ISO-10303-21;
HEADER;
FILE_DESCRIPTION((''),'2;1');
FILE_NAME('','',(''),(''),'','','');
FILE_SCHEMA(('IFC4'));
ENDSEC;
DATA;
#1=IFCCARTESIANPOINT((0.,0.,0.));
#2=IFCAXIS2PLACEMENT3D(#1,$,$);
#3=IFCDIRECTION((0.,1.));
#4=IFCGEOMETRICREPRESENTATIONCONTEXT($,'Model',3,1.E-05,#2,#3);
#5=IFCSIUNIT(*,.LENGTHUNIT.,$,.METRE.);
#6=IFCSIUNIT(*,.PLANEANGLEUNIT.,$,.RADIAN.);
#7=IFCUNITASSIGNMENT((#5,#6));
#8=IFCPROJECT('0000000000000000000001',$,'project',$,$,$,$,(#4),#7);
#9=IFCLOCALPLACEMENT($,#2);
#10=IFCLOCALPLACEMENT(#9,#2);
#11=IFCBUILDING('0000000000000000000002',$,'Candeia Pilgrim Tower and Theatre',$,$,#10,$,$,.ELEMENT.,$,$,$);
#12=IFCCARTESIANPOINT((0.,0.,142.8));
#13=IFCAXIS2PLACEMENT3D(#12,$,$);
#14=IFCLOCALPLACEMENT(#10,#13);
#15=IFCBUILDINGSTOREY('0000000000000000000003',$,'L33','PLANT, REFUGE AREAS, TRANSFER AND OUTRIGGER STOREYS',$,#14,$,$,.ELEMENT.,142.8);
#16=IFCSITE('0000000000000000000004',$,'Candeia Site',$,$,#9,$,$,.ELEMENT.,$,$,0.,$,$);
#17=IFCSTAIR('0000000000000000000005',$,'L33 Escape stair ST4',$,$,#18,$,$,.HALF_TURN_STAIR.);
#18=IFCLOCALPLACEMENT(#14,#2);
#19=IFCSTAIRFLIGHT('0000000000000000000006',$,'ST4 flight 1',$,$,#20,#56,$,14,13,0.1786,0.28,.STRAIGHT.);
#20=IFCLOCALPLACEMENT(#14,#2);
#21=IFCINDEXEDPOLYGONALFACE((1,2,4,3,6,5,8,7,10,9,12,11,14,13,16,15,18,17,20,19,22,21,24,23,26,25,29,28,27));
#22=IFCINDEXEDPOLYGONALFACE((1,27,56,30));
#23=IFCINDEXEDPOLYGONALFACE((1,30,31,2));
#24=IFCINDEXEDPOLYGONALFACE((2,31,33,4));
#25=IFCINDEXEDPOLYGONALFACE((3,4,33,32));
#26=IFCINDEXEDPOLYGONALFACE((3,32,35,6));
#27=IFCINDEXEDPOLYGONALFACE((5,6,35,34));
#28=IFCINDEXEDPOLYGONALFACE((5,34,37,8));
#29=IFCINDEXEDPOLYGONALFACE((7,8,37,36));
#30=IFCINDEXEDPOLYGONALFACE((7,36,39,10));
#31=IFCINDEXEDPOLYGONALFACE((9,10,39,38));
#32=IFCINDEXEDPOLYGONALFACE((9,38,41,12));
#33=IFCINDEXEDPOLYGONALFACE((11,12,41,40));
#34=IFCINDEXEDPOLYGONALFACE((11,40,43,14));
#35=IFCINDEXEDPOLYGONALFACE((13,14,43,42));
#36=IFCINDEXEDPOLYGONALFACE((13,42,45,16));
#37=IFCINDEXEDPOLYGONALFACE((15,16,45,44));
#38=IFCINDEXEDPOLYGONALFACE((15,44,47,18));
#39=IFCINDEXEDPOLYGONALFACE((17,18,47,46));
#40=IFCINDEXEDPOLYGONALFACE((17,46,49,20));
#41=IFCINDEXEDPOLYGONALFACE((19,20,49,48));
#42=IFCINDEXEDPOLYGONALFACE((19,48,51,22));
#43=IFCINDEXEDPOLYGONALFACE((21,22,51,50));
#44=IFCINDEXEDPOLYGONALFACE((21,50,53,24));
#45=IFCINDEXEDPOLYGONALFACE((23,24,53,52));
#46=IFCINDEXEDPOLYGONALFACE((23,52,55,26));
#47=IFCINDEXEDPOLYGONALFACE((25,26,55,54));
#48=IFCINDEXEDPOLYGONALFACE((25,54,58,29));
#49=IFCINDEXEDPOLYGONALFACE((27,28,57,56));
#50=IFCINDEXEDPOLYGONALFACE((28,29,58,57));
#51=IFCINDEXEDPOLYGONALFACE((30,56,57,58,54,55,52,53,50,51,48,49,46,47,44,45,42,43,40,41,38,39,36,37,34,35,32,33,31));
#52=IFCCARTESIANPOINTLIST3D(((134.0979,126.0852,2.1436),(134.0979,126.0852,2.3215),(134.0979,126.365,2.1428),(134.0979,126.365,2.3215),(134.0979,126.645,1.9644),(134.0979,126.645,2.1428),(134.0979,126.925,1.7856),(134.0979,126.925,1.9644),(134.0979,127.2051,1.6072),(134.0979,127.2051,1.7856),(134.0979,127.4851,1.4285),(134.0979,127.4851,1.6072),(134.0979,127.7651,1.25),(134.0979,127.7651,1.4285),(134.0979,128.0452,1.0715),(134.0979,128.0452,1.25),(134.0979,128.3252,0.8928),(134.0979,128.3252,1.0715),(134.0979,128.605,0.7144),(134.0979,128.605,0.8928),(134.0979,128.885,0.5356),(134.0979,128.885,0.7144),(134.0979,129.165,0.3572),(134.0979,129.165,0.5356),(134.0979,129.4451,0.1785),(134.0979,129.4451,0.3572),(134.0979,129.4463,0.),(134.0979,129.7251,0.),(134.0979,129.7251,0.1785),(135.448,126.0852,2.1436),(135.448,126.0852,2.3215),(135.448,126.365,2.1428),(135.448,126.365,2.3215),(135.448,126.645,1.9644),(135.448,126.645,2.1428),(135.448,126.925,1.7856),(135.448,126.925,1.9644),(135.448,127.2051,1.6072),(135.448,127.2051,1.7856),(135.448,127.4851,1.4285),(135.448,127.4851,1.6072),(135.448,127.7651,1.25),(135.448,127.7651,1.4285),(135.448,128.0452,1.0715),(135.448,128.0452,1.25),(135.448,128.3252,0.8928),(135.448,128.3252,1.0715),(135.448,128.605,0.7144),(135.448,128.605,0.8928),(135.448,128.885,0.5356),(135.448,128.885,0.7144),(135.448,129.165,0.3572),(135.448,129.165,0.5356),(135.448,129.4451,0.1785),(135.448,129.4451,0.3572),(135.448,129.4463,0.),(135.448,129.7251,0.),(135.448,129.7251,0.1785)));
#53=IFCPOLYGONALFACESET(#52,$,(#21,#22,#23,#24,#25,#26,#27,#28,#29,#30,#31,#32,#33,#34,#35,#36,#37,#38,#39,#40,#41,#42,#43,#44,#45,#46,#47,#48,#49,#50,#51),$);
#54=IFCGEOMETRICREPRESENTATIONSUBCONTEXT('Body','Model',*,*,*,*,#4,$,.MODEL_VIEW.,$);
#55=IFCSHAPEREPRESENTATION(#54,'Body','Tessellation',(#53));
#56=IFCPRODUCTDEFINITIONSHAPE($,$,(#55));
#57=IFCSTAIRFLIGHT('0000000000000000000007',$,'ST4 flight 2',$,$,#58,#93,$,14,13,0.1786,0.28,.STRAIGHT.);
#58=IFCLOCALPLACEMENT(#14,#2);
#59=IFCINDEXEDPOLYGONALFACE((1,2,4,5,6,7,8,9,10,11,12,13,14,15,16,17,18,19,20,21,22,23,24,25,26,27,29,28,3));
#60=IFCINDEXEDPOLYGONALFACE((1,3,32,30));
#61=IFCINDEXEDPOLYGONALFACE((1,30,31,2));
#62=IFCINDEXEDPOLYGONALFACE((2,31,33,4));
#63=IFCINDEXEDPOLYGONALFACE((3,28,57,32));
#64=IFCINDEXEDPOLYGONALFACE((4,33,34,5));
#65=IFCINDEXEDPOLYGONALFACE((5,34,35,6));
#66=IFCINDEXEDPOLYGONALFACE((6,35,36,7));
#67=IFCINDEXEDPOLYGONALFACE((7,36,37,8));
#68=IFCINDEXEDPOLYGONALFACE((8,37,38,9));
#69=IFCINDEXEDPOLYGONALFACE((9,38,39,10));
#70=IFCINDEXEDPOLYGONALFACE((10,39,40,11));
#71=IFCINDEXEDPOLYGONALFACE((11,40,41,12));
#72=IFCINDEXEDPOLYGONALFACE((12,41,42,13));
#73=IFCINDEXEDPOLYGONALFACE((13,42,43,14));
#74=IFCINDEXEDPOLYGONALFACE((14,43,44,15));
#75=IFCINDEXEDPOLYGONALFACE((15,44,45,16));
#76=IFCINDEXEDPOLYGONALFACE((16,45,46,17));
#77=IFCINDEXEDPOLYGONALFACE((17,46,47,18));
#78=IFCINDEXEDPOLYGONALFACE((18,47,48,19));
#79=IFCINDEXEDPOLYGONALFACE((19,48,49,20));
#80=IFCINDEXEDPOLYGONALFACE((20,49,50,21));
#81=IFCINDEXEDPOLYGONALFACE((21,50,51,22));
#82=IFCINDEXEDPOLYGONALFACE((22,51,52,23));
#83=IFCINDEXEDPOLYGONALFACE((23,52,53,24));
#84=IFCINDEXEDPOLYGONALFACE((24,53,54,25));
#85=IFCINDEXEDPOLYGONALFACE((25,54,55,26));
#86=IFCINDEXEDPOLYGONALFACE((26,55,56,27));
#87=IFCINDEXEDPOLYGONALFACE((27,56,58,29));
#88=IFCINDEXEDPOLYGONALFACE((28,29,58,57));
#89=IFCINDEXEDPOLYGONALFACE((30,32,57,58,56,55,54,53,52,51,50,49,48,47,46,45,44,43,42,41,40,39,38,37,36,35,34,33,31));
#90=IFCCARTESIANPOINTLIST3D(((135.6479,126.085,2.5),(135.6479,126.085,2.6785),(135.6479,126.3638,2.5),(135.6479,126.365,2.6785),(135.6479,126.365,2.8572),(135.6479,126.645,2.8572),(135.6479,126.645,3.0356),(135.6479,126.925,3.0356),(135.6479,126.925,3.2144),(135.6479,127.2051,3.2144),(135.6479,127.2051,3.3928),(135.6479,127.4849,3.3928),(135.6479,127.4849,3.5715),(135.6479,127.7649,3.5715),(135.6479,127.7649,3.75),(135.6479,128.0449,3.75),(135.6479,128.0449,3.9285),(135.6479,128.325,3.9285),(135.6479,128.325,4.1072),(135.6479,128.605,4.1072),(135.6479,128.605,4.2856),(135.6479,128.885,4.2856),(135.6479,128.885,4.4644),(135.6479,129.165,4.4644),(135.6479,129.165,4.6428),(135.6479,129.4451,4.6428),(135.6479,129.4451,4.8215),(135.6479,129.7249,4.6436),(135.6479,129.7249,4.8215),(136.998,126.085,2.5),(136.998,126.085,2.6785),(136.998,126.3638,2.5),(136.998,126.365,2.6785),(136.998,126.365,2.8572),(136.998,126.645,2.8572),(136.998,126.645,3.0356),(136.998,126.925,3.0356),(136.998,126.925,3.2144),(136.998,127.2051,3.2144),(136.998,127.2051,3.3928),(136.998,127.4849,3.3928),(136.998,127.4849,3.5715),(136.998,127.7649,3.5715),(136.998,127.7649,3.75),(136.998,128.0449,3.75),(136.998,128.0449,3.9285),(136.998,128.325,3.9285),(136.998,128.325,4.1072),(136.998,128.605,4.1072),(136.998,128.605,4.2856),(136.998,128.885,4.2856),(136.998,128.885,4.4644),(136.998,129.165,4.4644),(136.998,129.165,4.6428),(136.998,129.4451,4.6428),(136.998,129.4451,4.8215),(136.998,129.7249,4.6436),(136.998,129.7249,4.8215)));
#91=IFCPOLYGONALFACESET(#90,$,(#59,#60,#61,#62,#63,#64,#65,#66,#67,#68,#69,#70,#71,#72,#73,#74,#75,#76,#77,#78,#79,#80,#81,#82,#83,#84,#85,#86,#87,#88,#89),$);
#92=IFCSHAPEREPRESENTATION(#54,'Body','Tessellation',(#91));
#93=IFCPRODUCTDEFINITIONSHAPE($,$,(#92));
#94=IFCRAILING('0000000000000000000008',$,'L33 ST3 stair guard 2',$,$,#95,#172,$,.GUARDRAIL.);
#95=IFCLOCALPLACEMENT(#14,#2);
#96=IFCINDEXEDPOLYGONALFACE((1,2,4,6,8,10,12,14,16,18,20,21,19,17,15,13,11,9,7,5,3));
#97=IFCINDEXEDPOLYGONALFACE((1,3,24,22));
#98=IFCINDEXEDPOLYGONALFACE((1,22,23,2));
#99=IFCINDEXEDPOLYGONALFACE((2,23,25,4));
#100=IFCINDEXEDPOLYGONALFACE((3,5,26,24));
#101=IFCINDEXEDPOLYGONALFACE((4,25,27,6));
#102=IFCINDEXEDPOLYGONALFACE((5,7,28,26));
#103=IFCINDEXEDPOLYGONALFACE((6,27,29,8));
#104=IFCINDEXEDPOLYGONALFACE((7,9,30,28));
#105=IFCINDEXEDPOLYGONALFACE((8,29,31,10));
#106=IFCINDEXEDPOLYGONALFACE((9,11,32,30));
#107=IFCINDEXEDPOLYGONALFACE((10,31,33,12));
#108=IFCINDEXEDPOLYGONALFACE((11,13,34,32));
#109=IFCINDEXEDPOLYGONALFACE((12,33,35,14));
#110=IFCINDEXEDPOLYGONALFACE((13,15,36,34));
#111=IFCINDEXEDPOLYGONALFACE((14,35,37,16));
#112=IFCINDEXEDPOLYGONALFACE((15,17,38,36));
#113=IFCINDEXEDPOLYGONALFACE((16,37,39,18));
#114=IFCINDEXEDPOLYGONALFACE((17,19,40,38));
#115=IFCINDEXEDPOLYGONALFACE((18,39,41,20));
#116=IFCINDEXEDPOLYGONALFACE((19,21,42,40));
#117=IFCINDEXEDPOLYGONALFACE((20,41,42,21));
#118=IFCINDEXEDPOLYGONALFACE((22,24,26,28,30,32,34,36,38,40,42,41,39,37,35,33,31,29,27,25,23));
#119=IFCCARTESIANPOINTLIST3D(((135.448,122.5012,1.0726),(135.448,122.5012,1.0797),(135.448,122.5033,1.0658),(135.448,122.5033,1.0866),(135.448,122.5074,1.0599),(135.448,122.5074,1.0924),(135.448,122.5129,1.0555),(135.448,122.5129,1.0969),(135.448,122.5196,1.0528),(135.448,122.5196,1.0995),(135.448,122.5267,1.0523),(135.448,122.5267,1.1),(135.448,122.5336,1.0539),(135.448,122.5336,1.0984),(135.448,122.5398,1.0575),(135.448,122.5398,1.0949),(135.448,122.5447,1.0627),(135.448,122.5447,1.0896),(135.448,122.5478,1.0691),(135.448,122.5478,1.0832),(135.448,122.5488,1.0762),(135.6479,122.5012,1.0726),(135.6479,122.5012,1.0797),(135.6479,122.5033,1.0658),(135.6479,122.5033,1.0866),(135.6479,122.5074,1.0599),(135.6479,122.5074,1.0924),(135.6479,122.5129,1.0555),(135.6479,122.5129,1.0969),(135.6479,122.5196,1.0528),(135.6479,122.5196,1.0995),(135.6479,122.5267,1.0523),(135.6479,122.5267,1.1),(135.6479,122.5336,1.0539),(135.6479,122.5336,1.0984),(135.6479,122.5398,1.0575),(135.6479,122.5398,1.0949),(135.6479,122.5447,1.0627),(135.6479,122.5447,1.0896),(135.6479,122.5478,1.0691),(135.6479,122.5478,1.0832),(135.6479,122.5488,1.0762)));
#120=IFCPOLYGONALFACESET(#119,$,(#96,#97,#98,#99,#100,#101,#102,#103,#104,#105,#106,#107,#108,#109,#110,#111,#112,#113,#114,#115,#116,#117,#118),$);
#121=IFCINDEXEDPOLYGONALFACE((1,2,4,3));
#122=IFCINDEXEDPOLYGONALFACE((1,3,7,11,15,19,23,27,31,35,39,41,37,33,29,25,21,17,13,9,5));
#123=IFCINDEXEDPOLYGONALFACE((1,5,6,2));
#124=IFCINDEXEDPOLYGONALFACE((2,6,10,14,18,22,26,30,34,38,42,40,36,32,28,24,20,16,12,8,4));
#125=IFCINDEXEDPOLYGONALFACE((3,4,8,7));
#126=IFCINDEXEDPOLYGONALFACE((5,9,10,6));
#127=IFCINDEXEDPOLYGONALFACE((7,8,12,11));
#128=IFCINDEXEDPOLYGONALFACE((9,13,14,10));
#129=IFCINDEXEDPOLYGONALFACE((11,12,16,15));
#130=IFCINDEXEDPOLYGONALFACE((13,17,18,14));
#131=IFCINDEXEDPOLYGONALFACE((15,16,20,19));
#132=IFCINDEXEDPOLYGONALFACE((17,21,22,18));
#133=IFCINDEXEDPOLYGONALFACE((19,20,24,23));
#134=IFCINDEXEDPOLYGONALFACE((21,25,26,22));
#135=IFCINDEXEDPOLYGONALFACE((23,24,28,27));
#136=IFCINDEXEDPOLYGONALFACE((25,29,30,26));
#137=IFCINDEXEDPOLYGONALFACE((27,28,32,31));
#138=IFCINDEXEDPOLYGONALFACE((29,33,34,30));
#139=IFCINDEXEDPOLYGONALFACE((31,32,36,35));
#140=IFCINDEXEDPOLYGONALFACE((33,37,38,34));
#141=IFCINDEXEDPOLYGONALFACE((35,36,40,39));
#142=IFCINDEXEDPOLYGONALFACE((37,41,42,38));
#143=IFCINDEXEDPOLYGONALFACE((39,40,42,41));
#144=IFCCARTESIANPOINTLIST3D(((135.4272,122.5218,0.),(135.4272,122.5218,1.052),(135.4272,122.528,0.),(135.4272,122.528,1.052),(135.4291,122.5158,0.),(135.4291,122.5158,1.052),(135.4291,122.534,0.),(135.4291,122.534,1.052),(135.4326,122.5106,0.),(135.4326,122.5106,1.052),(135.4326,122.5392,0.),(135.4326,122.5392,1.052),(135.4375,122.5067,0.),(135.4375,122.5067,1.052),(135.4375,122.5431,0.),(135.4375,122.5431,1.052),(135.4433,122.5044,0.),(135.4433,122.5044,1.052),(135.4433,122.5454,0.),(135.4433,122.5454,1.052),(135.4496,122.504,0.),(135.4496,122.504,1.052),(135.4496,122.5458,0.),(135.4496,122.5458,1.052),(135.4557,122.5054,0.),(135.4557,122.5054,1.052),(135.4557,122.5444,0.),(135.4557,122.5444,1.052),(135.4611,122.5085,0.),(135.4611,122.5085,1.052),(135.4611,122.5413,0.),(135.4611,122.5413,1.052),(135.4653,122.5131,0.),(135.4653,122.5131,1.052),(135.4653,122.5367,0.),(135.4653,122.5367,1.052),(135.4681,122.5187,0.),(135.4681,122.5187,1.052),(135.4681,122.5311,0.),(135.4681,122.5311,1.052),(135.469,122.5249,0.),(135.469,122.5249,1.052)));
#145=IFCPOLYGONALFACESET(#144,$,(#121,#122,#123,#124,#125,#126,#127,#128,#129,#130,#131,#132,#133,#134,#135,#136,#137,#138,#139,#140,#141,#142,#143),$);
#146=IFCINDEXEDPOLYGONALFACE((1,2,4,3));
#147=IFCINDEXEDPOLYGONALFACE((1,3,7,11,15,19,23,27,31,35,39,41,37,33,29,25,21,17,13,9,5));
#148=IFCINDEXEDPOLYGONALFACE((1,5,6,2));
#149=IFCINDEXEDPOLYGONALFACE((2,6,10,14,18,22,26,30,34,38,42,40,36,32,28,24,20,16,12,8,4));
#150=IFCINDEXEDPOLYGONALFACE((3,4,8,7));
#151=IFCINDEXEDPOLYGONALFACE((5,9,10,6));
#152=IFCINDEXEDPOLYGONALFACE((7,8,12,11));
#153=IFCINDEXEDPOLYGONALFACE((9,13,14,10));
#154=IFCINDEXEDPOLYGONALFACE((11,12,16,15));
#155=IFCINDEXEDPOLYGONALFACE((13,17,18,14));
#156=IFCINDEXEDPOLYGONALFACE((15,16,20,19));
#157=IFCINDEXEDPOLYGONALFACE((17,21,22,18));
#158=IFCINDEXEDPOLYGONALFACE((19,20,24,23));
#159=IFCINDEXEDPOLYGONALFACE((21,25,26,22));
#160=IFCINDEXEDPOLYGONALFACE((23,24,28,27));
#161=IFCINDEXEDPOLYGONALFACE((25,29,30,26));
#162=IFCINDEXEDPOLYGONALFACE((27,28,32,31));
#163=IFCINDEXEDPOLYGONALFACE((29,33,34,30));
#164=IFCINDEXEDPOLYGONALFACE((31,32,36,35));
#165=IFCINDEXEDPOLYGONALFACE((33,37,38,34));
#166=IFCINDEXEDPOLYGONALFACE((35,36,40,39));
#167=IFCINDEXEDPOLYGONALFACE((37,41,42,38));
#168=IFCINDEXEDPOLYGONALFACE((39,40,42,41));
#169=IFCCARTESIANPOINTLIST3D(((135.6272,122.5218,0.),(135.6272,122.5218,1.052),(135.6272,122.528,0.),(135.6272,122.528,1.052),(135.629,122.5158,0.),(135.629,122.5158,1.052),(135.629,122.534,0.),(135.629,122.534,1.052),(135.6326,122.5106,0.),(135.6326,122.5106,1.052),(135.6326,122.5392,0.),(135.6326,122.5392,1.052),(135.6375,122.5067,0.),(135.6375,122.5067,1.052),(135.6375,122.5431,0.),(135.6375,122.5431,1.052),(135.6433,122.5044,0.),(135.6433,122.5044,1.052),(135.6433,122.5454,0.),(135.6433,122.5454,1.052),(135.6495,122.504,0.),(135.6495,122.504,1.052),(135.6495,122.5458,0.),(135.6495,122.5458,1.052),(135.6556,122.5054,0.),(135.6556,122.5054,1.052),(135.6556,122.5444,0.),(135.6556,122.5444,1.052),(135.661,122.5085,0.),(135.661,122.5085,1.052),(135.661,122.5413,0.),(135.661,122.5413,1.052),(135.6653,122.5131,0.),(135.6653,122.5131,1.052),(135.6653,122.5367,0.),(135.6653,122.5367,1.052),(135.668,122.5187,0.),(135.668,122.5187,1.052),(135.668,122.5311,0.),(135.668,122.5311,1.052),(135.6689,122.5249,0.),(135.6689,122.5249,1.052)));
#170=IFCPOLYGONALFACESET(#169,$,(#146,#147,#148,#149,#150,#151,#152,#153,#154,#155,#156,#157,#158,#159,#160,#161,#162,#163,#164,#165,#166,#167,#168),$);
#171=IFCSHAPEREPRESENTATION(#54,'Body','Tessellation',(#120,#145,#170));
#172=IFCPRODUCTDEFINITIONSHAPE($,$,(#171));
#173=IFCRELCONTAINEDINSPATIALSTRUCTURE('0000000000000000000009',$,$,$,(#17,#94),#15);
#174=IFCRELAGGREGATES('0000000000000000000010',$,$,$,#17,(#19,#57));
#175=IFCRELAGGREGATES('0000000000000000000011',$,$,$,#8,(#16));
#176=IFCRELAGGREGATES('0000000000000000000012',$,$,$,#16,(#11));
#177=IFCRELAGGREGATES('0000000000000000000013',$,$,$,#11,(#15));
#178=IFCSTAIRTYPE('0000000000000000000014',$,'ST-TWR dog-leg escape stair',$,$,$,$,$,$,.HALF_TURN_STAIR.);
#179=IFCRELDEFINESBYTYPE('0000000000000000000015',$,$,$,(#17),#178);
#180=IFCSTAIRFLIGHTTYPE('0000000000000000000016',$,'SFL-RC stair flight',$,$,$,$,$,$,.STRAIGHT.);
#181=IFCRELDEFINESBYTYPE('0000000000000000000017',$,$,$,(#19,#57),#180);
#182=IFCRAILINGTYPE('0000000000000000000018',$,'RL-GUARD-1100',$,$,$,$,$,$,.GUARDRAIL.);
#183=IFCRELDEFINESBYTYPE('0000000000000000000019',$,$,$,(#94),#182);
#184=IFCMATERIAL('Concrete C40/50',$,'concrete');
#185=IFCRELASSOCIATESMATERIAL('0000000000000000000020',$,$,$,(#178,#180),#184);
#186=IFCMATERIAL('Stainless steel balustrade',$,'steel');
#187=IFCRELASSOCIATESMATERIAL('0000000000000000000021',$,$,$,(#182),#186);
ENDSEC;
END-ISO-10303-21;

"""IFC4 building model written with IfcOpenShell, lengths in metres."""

from ifc_helpers import new_model, si_unit, direction, frame, origin, origin_2d, place, context, subcontext, project, spatial, polyline, circle, outline, extrude, material, type_object, element, aggregate, save


model = new_model("IFC4")

# Units and contexts
model_context = context("Model", 3, precision=1e-05, world=origin(), true_north=direction((0.0, 1.0)))
body_context = subcontext(model_context, "Body", "Model", "MODEL_VIEW")
ifc_project = project(units=[si_unit("LENGTHUNIT", "METRE"), si_unit("PLANEANGLEUNIT", "RADIAN")], contexts=[model_context])

# Site, building, storey
site_placement = place(None, origin())
site = spatial("IfcSite", under=ifc_project, at=site_placement, Name="Candeia Site", CompositionType="ELEMENT", RefElevation=0.0)
building_placement = place(site_placement, origin())
building = spatial("IfcBuilding", under=site, at=building_placement, Name="Candeia Pilgrim Tower and Theatre", CompositionType="ELEMENT")
storey_placement = place(building_placement, frame((0.0, 0.0, 142.8)))
storey = spatial("IfcBuildingStorey", under=building, at=storey_placement, Name="L33", Description="PLANT, REFUGE AREAS, TRANSFER AND OUTRIGGER STOREYS", CompositionType="ELEMENT", Elevation=142.8)

# Shared definitions
ifc_material_1 = material(Name="Concrete C40/50", Category="concrete")

# Stair, stair flights
stair_type = type_object("IfcStairType", Name="ST-TWR dog-leg escape stair", PredefinedType="HALF_TURN_STAIR", material=ifc_material_1)
stair_flight_type = type_object("IfcStairFlightType", Name="SFL-RC stair flight", PredefinedType="STRAIGHT", material=ifc_material_1)
stair_1_placement = place(storey_placement, origin())
stair_1 = element("IfcStair", 1, at=stair_1_placement, inside=storey, type_object=stair_type, Name="L33 Escape stair ST4", PredefinedType="HALF_TURN_STAIR")
stair_flight_1_placement = place(storey_placement, frame((134.7729, 129.7251, 0.0), z_axis=(0.0, 0.0, 1.0), x_axis=(0.0, -1.0, 0.0)))
stair_flight_1 = element("IfcStairFlight", 2, at=stair_flight_1_placement, type_object=stair_flight_type, Name="ST4 flight 1", NumberOfRisers=14, NumberOfTreads=13, PredefinedType="STRAIGHT", RiserHeight=0.1786, TreadLength=0.28, context=body_context, shape_type="SweptSolid", body=[
    extrude(outline(polyline([(0.0, 0.0), (0.0, 0.1785), (0.28, 0.1785), (0.28, 0.3572), (0.5601, 0.3572), (0.5601, 0.5356), (0.8401, 0.5356), (0.8401, 0.7144), (1.1201, 0.7144), (1.1201, 0.8928), (1.3999, 0.8928), (1.3999, 1.0715), (1.6799, 1.0715), (1.6799, 1.25), (1.96, 1.25), (1.96, 1.4285), (2.24, 1.4285), (2.24, 1.6072), (2.52, 1.6072), (2.52, 1.7856), (2.8, 1.7856), (2.8, 1.9644), (3.0801, 1.9644), (3.0801, 2.1428), (3.3601, 2.1428), (3.3601, 2.3215), (3.6399, 2.3215), (3.6399, 2.5), (3.6399, 2.1436), (0.2788, 0.0), (0.0, 0.0)])), frame((0.0, 0.675, 0.0), z_axis=(0.0, -1.0, 0.0), x_axis=(1.0, 0.0, 0.0)), (0.0, 0.0, 1.0), 1.3501),
])
stair_flight_2_placement = place(storey_placement, frame((136.323, 126.085, 2.5), z_axis=(0.0, 0.0, 1.0), x_axis=(0.0, 1.0, 0.0)))
stair_flight_2 = element("IfcStairFlight", 3, at=stair_flight_2_placement, type_object=stair_flight_type, Name="ST4 flight 2", NumberOfRisers=14, NumberOfTreads=13, PredefinedType="STRAIGHT", RiserHeight=0.1786, TreadLength=0.28, context=body_context, shape_type="SweptSolid", body=[
    extrude(outline(polyline([(0.0, 0.0), (0.0, 0.1785), (0.28, 0.1785), (0.28, 0.3572), (0.5601, 0.3572), (0.5601, 0.5356), (0.8401, 0.5356), (0.8401, 0.7144), (1.1201, 0.7144), (1.1201, 0.8928), (1.3999, 0.8928), (1.3999, 1.0715), (1.6799, 1.0715), (1.6799, 1.25), (1.96, 1.25), (1.96, 1.4285), (2.24, 1.4285), (2.24, 1.6072), (2.52, 1.6072), (2.52, 1.7856), (2.8, 1.7856), (2.8, 1.9644), (3.0801, 1.9644), (3.0801, 2.1428), (3.3601, 2.1428), (3.3601, 2.3215), (3.6399, 2.3215), (3.6399, 2.5), (3.6399, 2.1436), (0.2788, 0.0), (0.0, 0.0)])), frame((0.0, 0.675, 0.0), z_axis=(0.0, -1.0, 0.0), x_axis=(1.0, 0.0, 0.0)), (0.0, 0.0, 1.0), 1.3501),
])
aggregate(stair_1, [stair_flight_1, stair_flight_2])

# Railing
ifc_material_2 = material(Name="Stainless steel balustrade", Category="steel")
railing_type_1 = type_object("IfcRailingType", Name="RL-GUARD-1100", PredefinedType="GUARDRAIL", material=ifc_material_2)
railing_1_placement = place(storey_placement, frame((135.448, 122.5249, 0.0)))
element("IfcRailing", 4, at=railing_1_placement, inside=storey, type_object=railing_type_1, Name="L33 ST3 stair guard 2", PredefinedType="GUARDRAIL", context=body_context, shape_type="SweptSolid", body=[
    extrude(circle(Radius=0.0239, at=origin_2d()), frame((0.0, 0.0, 1.0762), z_axis=(1.0, 0.0, 0.0), x_axis=(0.0, 1.0, 0.0)), (0.0, 0.0, 1.0), 0.2),
    extrude(circle(Radius=0.021, at=origin_2d()), origin(), (0.0, 0.0, 1.0), 1.052),
    extrude(circle(Radius=0.021, at=origin_2d()), frame((0.2, 0.0, 0.0)), (0.0, 0.0, 1.0), 1.052),
])

save(model, "model.ifc")
